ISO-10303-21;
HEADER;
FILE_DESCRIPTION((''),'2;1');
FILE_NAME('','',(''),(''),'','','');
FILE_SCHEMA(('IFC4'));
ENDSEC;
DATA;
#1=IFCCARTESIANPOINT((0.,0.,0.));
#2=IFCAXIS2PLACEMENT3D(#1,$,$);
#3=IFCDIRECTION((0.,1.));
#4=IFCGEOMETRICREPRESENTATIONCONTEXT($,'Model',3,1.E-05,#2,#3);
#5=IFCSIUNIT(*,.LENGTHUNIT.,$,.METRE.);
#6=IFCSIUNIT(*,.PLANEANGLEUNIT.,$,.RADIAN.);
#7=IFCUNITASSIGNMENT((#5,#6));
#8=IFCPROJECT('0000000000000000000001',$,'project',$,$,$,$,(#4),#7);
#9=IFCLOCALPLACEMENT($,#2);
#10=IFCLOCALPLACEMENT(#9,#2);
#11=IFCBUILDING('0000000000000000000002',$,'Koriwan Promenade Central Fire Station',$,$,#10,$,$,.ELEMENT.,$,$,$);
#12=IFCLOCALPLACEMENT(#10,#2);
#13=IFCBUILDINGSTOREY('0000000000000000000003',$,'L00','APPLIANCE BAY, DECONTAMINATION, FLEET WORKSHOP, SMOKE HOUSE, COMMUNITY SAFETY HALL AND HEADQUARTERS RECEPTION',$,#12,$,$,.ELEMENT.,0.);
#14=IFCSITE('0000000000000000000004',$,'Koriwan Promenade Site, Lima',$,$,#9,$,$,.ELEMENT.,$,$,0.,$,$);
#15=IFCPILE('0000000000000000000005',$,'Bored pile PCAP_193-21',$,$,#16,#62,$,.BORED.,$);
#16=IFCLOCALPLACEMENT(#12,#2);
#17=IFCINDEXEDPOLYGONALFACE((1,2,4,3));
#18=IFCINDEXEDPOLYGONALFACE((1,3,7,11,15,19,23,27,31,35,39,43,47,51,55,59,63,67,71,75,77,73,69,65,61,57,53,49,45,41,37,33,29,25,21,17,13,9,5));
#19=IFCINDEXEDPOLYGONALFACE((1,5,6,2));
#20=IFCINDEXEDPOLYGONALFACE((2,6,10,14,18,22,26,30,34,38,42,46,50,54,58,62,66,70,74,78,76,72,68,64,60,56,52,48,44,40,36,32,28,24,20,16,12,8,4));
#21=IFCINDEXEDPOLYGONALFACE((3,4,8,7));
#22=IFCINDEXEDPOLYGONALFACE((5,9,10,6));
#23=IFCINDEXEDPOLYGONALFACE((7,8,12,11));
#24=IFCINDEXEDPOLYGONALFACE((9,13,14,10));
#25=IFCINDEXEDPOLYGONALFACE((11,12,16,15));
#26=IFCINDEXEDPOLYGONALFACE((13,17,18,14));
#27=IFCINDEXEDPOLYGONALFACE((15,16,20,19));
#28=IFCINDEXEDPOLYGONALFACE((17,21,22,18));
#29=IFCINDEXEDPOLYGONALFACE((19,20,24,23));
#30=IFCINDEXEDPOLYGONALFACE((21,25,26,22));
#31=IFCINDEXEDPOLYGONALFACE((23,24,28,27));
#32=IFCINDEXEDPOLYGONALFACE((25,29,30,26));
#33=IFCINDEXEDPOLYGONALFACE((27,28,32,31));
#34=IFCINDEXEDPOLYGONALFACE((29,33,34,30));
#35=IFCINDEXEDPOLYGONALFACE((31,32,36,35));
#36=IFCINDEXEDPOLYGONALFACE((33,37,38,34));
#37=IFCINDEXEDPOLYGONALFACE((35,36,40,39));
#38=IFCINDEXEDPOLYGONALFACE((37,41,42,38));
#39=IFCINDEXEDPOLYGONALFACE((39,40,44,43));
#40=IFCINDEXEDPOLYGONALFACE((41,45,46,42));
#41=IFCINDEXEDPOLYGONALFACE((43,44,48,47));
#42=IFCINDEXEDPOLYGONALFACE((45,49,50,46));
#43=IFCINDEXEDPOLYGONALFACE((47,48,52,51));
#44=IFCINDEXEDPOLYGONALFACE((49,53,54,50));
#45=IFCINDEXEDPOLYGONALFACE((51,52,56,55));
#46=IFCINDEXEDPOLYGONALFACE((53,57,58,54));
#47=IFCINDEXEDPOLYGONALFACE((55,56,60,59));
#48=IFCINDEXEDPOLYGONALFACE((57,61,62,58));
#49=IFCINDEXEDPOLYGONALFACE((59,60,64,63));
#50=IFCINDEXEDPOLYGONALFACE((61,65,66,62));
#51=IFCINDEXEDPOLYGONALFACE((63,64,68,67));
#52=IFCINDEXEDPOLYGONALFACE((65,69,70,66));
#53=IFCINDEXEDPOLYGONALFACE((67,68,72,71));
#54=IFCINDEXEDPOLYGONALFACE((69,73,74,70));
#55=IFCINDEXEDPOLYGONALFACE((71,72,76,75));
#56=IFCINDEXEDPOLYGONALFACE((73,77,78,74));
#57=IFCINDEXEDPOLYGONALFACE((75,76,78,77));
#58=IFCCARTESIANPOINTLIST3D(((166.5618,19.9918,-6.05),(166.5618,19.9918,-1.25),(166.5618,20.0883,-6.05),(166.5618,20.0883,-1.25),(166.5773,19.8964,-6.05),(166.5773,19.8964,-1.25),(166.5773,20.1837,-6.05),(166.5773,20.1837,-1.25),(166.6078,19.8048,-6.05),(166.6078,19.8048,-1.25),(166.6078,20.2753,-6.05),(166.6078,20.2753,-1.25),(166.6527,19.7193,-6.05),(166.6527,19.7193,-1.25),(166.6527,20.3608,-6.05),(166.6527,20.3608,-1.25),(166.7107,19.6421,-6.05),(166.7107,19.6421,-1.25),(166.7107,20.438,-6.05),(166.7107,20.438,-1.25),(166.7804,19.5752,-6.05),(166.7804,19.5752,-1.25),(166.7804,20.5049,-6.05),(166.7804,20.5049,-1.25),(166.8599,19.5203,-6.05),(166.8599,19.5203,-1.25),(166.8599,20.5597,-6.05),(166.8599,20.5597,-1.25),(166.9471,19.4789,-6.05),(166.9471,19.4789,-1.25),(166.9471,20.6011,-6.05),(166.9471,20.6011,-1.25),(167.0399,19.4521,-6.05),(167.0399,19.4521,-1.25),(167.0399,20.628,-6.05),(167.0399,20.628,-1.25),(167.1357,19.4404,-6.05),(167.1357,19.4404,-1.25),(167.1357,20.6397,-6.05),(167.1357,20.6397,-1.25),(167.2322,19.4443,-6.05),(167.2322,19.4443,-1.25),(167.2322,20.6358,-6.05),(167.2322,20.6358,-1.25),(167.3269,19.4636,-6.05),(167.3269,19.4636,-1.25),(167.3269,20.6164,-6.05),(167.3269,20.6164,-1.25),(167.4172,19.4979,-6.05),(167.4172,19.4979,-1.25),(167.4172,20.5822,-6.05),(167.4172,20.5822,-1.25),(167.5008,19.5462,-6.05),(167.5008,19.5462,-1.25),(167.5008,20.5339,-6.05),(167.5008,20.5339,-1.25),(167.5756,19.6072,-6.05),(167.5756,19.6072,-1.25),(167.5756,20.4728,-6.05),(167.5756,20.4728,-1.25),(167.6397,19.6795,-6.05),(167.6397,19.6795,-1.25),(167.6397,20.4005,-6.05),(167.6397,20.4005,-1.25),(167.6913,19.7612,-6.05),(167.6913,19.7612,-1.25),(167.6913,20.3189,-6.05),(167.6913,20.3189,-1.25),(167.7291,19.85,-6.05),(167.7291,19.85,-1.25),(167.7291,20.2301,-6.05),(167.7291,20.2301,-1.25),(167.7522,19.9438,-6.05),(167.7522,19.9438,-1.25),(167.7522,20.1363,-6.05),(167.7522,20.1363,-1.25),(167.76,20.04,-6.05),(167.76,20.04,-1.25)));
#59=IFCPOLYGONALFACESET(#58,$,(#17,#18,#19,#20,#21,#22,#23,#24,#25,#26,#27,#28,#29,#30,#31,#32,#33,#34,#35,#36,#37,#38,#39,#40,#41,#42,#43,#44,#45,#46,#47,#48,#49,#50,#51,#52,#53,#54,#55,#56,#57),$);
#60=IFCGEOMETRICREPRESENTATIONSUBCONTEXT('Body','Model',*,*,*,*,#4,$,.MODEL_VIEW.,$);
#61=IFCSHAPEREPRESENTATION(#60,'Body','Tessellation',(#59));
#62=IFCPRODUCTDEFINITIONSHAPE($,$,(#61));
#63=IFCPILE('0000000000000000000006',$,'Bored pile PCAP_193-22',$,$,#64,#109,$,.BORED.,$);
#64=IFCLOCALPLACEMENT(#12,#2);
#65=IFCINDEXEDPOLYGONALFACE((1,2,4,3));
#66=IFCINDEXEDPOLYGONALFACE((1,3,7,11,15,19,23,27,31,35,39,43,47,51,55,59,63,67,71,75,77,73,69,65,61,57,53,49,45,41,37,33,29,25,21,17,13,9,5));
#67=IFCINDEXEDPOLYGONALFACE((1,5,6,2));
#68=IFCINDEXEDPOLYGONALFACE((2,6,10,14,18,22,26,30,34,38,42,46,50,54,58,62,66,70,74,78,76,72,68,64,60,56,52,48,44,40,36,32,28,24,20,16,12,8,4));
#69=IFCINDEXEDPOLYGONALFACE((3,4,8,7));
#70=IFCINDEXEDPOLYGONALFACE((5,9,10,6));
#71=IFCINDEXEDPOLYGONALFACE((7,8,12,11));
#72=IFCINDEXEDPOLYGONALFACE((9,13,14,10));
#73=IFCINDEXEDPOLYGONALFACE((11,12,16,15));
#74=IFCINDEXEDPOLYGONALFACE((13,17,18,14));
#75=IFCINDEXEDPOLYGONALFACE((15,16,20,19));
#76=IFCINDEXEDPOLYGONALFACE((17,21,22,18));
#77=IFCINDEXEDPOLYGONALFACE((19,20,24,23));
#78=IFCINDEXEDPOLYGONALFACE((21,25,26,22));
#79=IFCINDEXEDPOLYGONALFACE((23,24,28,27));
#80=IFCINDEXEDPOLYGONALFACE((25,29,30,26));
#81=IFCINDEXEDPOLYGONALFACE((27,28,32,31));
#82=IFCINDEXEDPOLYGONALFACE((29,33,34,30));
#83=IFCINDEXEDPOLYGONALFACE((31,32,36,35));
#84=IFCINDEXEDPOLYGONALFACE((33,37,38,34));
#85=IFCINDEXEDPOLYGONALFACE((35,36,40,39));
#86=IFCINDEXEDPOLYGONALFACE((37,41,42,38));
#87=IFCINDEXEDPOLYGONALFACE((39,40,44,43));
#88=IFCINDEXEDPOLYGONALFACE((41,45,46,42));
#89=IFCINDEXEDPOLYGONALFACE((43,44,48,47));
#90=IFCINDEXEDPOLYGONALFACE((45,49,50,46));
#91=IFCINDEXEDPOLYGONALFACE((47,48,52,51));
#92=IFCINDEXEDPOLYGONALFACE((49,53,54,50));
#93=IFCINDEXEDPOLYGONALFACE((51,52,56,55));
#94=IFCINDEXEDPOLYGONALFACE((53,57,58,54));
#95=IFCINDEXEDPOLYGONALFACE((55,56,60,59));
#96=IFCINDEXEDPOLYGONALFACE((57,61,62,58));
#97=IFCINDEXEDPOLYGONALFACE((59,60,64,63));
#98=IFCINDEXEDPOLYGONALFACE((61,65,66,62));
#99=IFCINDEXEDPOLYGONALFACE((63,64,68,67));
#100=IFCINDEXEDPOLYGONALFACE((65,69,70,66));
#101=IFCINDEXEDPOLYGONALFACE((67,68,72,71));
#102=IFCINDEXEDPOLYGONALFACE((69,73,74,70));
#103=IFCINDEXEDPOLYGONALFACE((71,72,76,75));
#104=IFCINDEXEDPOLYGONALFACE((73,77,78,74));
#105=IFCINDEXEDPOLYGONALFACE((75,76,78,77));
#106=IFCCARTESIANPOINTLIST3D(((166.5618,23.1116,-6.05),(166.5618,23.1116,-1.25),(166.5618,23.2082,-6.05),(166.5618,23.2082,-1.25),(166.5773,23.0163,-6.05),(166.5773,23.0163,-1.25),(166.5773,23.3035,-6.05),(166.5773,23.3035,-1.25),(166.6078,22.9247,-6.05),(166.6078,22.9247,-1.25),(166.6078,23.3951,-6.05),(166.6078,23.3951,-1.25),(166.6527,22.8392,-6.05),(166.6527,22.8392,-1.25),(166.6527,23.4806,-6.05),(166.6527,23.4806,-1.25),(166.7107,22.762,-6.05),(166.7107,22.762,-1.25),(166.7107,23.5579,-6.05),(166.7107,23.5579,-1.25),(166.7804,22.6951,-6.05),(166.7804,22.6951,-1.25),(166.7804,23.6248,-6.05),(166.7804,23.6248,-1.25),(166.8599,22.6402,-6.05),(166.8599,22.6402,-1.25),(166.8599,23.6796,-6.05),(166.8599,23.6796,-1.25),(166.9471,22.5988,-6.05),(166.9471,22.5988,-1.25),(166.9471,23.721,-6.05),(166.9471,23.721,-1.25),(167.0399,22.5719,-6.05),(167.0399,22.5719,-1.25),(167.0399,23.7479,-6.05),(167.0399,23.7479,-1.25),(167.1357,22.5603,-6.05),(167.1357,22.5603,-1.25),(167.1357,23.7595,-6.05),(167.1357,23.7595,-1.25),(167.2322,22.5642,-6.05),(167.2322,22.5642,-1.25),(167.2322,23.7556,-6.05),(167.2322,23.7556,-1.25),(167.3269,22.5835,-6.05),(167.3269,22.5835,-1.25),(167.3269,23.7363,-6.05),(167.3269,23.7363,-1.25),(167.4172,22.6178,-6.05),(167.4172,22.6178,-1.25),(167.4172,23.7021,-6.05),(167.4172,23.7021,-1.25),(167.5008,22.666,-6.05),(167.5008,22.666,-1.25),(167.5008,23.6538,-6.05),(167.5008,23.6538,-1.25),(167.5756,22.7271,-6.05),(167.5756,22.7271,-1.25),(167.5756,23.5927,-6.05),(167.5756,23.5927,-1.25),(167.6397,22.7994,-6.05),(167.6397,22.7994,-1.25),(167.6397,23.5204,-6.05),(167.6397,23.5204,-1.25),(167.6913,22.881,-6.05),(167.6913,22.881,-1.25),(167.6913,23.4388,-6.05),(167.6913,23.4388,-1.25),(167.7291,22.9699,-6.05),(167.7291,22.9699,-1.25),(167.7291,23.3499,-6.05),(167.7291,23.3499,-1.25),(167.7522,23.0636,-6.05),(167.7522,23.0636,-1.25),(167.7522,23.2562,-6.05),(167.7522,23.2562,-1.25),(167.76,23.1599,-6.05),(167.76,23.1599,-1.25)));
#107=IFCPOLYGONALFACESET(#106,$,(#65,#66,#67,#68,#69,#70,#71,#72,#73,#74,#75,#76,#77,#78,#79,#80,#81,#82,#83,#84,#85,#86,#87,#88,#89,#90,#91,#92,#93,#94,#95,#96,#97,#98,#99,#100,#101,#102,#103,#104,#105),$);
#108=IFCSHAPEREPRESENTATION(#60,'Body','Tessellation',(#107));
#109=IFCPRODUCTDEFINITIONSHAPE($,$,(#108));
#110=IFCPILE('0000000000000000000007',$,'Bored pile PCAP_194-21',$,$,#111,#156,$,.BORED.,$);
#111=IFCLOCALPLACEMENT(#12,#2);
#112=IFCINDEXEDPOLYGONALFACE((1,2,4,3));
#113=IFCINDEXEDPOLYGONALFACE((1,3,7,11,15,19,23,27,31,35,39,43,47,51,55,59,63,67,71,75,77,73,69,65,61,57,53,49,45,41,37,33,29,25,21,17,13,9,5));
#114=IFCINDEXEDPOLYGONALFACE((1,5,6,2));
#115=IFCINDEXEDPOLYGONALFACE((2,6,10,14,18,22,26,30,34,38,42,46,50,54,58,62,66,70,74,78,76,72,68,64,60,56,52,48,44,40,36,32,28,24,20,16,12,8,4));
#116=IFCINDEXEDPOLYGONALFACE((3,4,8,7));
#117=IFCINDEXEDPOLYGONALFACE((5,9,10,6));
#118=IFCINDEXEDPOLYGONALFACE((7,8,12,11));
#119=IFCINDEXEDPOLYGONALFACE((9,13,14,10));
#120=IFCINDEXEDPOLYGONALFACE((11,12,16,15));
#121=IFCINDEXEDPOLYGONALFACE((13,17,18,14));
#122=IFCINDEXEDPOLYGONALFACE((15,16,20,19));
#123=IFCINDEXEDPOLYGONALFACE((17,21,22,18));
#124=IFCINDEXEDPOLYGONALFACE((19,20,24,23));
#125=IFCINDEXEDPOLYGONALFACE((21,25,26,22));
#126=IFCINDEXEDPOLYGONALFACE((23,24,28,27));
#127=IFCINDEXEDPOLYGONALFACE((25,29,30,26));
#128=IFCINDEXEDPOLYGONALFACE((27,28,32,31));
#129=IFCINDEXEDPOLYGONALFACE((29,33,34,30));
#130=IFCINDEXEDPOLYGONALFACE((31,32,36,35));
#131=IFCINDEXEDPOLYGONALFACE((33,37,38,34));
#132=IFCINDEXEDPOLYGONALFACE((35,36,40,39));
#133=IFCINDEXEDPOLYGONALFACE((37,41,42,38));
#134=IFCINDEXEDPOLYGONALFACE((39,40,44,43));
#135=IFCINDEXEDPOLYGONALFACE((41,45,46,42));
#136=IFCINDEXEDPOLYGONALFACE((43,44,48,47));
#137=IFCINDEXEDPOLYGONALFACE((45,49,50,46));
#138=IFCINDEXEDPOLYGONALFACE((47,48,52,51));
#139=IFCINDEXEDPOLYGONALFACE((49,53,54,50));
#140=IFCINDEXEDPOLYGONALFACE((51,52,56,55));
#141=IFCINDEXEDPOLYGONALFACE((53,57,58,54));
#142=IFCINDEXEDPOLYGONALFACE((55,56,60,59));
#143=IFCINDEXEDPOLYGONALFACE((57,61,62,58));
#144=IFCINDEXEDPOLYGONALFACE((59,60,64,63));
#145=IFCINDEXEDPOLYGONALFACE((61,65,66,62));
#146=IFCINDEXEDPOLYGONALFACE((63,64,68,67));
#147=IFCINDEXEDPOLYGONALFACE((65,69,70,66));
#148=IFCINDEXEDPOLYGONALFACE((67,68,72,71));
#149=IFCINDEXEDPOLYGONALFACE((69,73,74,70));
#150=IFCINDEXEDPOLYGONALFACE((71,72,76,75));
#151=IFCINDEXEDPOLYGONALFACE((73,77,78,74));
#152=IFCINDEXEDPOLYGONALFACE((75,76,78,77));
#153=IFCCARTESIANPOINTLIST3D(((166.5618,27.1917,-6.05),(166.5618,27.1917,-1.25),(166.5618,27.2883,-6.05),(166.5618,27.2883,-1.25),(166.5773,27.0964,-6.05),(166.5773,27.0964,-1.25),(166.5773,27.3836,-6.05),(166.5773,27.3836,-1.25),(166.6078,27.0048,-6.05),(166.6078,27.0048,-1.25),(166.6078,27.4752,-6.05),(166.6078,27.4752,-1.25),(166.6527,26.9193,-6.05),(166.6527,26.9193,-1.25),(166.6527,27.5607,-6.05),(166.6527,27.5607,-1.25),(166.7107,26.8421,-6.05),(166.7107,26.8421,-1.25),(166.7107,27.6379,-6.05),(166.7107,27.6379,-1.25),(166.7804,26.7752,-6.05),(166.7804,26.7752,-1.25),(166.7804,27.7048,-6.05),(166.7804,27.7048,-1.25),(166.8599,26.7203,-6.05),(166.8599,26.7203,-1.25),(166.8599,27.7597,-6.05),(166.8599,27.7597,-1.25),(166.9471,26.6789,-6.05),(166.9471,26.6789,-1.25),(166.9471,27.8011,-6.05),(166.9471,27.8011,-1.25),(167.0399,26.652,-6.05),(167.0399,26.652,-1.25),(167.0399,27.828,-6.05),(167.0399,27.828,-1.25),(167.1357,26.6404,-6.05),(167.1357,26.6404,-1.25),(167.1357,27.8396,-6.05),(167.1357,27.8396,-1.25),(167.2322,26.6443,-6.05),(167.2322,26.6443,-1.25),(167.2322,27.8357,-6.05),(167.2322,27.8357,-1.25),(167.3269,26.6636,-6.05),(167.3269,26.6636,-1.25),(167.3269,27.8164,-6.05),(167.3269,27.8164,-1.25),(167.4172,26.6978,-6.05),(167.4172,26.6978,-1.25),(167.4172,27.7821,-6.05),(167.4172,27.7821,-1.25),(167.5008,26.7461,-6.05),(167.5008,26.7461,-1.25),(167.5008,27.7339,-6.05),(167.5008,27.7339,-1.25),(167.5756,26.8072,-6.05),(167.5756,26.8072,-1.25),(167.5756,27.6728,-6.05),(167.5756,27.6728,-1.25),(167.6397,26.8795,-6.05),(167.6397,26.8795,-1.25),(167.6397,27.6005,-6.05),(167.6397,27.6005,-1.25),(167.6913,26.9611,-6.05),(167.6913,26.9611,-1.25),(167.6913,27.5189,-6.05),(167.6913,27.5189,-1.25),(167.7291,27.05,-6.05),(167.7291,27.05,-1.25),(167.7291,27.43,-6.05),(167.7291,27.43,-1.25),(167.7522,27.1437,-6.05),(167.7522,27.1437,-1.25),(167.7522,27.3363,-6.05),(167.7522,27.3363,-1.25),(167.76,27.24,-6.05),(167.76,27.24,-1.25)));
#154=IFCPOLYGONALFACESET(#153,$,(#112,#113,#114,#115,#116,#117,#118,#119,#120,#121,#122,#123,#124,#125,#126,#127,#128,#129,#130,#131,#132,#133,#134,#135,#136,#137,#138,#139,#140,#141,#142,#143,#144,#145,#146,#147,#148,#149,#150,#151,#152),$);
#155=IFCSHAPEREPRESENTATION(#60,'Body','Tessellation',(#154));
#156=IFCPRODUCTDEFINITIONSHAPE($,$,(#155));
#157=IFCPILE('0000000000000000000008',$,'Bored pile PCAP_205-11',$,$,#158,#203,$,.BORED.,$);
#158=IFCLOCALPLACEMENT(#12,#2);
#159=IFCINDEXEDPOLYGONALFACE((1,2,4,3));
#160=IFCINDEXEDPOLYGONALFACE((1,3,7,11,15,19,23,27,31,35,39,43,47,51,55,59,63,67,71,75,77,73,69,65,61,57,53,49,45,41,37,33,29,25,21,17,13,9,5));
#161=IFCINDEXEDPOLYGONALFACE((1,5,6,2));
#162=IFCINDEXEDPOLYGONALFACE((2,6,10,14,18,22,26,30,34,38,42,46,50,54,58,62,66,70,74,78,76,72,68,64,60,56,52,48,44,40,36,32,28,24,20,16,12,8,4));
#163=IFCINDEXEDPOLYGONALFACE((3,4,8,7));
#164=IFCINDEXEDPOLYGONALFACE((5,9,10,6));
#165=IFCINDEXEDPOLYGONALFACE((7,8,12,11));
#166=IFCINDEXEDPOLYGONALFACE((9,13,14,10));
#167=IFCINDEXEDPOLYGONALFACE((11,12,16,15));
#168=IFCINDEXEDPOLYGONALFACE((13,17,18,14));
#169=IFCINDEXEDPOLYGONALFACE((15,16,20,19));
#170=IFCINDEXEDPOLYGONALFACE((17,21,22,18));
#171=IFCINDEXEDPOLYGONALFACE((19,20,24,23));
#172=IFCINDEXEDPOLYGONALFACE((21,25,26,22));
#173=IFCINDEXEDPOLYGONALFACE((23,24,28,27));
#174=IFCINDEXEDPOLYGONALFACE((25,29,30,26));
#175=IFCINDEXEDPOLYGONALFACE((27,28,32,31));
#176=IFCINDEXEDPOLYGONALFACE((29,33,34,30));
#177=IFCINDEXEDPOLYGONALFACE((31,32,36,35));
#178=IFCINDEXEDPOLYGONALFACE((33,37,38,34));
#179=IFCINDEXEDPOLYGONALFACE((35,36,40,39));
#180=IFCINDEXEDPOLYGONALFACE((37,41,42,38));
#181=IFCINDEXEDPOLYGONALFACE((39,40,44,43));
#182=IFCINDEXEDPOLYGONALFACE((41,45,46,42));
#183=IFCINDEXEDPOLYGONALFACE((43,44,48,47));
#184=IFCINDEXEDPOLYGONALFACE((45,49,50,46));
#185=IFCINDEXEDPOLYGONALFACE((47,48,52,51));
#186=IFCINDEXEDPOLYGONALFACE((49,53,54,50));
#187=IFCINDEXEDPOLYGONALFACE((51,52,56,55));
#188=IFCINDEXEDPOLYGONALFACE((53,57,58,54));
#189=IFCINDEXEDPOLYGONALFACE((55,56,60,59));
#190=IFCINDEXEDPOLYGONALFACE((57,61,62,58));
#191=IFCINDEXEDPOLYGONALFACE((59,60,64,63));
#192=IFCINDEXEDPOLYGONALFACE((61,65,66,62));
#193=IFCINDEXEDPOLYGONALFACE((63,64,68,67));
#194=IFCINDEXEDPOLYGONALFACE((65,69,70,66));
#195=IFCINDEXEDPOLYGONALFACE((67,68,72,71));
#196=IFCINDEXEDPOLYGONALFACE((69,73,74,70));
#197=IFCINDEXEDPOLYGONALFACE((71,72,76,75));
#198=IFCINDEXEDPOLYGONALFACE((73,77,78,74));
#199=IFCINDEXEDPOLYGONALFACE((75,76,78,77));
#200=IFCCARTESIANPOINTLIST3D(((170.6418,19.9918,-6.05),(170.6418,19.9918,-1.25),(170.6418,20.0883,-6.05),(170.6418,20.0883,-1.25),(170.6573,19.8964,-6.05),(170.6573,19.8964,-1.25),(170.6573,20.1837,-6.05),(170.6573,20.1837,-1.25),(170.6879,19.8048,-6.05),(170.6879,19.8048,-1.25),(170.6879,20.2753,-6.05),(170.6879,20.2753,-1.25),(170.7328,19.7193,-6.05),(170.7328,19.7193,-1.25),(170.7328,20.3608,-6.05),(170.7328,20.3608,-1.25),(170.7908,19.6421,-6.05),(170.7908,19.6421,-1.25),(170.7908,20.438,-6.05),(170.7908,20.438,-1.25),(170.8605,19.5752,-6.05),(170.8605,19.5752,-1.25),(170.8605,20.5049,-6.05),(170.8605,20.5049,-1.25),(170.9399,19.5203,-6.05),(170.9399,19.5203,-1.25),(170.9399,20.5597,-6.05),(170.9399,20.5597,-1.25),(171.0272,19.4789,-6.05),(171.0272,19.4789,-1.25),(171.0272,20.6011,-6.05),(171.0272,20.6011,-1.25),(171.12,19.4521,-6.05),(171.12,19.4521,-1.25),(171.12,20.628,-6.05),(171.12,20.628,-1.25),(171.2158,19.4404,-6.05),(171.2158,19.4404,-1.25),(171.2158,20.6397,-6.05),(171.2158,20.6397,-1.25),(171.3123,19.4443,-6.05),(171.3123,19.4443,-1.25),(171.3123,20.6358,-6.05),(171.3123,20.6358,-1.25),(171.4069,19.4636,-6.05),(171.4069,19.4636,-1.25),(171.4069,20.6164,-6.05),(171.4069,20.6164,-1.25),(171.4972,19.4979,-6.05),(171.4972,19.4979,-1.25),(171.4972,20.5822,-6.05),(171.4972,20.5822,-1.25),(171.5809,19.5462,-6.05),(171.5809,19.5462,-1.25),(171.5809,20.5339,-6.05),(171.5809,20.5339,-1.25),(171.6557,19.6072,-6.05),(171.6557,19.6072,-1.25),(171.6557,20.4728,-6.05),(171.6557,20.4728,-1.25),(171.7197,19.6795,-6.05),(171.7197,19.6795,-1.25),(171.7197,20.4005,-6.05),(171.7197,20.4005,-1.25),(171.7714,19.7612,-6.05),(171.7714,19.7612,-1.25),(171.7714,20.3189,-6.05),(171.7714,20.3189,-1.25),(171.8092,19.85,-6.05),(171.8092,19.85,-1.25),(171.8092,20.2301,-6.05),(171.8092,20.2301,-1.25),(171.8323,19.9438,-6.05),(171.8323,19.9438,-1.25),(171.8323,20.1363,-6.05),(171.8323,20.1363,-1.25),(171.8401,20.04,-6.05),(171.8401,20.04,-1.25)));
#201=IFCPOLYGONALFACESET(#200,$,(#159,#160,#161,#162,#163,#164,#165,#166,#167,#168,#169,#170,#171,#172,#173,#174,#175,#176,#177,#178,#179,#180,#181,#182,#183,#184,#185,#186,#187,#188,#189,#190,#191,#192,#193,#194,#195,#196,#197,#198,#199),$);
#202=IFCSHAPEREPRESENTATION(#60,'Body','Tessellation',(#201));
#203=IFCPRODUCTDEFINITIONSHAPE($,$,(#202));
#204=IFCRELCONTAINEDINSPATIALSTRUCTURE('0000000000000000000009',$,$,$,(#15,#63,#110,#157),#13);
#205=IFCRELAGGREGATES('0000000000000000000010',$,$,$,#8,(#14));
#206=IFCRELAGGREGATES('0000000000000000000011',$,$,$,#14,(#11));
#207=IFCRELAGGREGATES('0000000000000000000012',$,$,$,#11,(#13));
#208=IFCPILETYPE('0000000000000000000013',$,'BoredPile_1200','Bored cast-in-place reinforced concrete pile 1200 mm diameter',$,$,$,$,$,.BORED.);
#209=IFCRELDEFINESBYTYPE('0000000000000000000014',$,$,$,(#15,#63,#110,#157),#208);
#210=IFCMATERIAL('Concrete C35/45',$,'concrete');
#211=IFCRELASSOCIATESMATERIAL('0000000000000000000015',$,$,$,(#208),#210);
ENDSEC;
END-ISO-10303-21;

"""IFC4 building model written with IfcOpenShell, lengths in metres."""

from ifc_helpers import new_model, si_unit, direction, frame, origin, origin_2d, place, context, subcontext, project, spatial, circle, extrude, material, material_profile, profile_set, type_object, element, save


model = new_model("IFC4")

# Units and contexts
model_context = context("Model", 3, precision=1e-05, world=origin(), true_north=direction((0.0, 1.0)))
body_context = subcontext(model_context, "Body", "Model", "MODEL_VIEW")
ifc_project = project(units=[si_unit("LENGTHUNIT", "METRE"), si_unit("PLANEANGLEUNIT", "RADIAN")], contexts=[model_context])

# Site, building, storey
site_placement = place(None, origin())
site = spatial("IfcSite", under=ifc_project, at=site_placement, Name="Koriwan Promenade Site, Lima", CompositionType="ELEMENT", RefElevation=0.0)
building_placement = place(site_placement, origin())
building = spatial("IfcBuilding", under=site, at=building_placement, Name="Koriwan Promenade Central Fire Station", CompositionType="ELEMENT")
storey_placement = place(building_placement, origin())
storey = spatial("IfcBuildingStorey", under=building, at=storey_placement, Name="L00", Description="APPLIANCE BAY, DECONTAMINATION, FLEET WORKSHOP, SMOKE HOUSE, COMMUNITY SAFETY HALL AND HEADQUARTERS RECEPTION", CompositionType="ELEMENT", Elevation=0.0)

# Piles
ifc_material_1 = material(Name="Concrete C35/45", Category="concrete")
ifc_material_profile_1 = material_profile(ifc_material_1, circle(Radius=0.6001, at=origin_2d()), Name="PILE-D1200")
ifc_profile_set_1 = profile_set([ifc_material_profile_1], Name="Concrete C35/45")
pile_type = type_object("IfcPileType", Name="BoredPile_1200", Description="Bored cast-in-place reinforced concrete pile 1200 mm diameter", PredefinedType="BORED", material=ifc_profile_set_1)
for number, where, z_axis, x_axis, name in (
    (1, (167.1599, 20.04, -1.25), (0.0, 0.0, -1.0), (1.0, 0.0, 0.0), "Bored pile PCAP_193-21"),
    (2, (167.1599, 23.1599, -1.25), (0.0, 0.0, -1.0), (1.0, 0.0, 0.0), "Bored pile PCAP_193-22"),
    (3, (167.1599, 27.24, -1.25), (0.0, 0.0, -1.0), (1.0, 0.0, 0.0), "Bored pile PCAP_194-21"),
    (4, (171.24, 20.04, -1.25), (0.0, 0.0, -1.0), (1.0, 0.0, 0.0), "Bored pile PCAP_205-11"),
):
    element("IfcPile", number, at=place(storey_placement, frame(where, z_axis=z_axis, x_axis=x_axis)), inside=storey, type_object=pile_type, Name=name, PredefinedType="BORED", context=body_context, shape_type="SweptSolid", body=[
        extrude(circle(Radius=0.6001, at=origin_2d()), origin(), (0.0, 0.0, 1.0), 4.8),
    ])

save(model, "model.ifc")
